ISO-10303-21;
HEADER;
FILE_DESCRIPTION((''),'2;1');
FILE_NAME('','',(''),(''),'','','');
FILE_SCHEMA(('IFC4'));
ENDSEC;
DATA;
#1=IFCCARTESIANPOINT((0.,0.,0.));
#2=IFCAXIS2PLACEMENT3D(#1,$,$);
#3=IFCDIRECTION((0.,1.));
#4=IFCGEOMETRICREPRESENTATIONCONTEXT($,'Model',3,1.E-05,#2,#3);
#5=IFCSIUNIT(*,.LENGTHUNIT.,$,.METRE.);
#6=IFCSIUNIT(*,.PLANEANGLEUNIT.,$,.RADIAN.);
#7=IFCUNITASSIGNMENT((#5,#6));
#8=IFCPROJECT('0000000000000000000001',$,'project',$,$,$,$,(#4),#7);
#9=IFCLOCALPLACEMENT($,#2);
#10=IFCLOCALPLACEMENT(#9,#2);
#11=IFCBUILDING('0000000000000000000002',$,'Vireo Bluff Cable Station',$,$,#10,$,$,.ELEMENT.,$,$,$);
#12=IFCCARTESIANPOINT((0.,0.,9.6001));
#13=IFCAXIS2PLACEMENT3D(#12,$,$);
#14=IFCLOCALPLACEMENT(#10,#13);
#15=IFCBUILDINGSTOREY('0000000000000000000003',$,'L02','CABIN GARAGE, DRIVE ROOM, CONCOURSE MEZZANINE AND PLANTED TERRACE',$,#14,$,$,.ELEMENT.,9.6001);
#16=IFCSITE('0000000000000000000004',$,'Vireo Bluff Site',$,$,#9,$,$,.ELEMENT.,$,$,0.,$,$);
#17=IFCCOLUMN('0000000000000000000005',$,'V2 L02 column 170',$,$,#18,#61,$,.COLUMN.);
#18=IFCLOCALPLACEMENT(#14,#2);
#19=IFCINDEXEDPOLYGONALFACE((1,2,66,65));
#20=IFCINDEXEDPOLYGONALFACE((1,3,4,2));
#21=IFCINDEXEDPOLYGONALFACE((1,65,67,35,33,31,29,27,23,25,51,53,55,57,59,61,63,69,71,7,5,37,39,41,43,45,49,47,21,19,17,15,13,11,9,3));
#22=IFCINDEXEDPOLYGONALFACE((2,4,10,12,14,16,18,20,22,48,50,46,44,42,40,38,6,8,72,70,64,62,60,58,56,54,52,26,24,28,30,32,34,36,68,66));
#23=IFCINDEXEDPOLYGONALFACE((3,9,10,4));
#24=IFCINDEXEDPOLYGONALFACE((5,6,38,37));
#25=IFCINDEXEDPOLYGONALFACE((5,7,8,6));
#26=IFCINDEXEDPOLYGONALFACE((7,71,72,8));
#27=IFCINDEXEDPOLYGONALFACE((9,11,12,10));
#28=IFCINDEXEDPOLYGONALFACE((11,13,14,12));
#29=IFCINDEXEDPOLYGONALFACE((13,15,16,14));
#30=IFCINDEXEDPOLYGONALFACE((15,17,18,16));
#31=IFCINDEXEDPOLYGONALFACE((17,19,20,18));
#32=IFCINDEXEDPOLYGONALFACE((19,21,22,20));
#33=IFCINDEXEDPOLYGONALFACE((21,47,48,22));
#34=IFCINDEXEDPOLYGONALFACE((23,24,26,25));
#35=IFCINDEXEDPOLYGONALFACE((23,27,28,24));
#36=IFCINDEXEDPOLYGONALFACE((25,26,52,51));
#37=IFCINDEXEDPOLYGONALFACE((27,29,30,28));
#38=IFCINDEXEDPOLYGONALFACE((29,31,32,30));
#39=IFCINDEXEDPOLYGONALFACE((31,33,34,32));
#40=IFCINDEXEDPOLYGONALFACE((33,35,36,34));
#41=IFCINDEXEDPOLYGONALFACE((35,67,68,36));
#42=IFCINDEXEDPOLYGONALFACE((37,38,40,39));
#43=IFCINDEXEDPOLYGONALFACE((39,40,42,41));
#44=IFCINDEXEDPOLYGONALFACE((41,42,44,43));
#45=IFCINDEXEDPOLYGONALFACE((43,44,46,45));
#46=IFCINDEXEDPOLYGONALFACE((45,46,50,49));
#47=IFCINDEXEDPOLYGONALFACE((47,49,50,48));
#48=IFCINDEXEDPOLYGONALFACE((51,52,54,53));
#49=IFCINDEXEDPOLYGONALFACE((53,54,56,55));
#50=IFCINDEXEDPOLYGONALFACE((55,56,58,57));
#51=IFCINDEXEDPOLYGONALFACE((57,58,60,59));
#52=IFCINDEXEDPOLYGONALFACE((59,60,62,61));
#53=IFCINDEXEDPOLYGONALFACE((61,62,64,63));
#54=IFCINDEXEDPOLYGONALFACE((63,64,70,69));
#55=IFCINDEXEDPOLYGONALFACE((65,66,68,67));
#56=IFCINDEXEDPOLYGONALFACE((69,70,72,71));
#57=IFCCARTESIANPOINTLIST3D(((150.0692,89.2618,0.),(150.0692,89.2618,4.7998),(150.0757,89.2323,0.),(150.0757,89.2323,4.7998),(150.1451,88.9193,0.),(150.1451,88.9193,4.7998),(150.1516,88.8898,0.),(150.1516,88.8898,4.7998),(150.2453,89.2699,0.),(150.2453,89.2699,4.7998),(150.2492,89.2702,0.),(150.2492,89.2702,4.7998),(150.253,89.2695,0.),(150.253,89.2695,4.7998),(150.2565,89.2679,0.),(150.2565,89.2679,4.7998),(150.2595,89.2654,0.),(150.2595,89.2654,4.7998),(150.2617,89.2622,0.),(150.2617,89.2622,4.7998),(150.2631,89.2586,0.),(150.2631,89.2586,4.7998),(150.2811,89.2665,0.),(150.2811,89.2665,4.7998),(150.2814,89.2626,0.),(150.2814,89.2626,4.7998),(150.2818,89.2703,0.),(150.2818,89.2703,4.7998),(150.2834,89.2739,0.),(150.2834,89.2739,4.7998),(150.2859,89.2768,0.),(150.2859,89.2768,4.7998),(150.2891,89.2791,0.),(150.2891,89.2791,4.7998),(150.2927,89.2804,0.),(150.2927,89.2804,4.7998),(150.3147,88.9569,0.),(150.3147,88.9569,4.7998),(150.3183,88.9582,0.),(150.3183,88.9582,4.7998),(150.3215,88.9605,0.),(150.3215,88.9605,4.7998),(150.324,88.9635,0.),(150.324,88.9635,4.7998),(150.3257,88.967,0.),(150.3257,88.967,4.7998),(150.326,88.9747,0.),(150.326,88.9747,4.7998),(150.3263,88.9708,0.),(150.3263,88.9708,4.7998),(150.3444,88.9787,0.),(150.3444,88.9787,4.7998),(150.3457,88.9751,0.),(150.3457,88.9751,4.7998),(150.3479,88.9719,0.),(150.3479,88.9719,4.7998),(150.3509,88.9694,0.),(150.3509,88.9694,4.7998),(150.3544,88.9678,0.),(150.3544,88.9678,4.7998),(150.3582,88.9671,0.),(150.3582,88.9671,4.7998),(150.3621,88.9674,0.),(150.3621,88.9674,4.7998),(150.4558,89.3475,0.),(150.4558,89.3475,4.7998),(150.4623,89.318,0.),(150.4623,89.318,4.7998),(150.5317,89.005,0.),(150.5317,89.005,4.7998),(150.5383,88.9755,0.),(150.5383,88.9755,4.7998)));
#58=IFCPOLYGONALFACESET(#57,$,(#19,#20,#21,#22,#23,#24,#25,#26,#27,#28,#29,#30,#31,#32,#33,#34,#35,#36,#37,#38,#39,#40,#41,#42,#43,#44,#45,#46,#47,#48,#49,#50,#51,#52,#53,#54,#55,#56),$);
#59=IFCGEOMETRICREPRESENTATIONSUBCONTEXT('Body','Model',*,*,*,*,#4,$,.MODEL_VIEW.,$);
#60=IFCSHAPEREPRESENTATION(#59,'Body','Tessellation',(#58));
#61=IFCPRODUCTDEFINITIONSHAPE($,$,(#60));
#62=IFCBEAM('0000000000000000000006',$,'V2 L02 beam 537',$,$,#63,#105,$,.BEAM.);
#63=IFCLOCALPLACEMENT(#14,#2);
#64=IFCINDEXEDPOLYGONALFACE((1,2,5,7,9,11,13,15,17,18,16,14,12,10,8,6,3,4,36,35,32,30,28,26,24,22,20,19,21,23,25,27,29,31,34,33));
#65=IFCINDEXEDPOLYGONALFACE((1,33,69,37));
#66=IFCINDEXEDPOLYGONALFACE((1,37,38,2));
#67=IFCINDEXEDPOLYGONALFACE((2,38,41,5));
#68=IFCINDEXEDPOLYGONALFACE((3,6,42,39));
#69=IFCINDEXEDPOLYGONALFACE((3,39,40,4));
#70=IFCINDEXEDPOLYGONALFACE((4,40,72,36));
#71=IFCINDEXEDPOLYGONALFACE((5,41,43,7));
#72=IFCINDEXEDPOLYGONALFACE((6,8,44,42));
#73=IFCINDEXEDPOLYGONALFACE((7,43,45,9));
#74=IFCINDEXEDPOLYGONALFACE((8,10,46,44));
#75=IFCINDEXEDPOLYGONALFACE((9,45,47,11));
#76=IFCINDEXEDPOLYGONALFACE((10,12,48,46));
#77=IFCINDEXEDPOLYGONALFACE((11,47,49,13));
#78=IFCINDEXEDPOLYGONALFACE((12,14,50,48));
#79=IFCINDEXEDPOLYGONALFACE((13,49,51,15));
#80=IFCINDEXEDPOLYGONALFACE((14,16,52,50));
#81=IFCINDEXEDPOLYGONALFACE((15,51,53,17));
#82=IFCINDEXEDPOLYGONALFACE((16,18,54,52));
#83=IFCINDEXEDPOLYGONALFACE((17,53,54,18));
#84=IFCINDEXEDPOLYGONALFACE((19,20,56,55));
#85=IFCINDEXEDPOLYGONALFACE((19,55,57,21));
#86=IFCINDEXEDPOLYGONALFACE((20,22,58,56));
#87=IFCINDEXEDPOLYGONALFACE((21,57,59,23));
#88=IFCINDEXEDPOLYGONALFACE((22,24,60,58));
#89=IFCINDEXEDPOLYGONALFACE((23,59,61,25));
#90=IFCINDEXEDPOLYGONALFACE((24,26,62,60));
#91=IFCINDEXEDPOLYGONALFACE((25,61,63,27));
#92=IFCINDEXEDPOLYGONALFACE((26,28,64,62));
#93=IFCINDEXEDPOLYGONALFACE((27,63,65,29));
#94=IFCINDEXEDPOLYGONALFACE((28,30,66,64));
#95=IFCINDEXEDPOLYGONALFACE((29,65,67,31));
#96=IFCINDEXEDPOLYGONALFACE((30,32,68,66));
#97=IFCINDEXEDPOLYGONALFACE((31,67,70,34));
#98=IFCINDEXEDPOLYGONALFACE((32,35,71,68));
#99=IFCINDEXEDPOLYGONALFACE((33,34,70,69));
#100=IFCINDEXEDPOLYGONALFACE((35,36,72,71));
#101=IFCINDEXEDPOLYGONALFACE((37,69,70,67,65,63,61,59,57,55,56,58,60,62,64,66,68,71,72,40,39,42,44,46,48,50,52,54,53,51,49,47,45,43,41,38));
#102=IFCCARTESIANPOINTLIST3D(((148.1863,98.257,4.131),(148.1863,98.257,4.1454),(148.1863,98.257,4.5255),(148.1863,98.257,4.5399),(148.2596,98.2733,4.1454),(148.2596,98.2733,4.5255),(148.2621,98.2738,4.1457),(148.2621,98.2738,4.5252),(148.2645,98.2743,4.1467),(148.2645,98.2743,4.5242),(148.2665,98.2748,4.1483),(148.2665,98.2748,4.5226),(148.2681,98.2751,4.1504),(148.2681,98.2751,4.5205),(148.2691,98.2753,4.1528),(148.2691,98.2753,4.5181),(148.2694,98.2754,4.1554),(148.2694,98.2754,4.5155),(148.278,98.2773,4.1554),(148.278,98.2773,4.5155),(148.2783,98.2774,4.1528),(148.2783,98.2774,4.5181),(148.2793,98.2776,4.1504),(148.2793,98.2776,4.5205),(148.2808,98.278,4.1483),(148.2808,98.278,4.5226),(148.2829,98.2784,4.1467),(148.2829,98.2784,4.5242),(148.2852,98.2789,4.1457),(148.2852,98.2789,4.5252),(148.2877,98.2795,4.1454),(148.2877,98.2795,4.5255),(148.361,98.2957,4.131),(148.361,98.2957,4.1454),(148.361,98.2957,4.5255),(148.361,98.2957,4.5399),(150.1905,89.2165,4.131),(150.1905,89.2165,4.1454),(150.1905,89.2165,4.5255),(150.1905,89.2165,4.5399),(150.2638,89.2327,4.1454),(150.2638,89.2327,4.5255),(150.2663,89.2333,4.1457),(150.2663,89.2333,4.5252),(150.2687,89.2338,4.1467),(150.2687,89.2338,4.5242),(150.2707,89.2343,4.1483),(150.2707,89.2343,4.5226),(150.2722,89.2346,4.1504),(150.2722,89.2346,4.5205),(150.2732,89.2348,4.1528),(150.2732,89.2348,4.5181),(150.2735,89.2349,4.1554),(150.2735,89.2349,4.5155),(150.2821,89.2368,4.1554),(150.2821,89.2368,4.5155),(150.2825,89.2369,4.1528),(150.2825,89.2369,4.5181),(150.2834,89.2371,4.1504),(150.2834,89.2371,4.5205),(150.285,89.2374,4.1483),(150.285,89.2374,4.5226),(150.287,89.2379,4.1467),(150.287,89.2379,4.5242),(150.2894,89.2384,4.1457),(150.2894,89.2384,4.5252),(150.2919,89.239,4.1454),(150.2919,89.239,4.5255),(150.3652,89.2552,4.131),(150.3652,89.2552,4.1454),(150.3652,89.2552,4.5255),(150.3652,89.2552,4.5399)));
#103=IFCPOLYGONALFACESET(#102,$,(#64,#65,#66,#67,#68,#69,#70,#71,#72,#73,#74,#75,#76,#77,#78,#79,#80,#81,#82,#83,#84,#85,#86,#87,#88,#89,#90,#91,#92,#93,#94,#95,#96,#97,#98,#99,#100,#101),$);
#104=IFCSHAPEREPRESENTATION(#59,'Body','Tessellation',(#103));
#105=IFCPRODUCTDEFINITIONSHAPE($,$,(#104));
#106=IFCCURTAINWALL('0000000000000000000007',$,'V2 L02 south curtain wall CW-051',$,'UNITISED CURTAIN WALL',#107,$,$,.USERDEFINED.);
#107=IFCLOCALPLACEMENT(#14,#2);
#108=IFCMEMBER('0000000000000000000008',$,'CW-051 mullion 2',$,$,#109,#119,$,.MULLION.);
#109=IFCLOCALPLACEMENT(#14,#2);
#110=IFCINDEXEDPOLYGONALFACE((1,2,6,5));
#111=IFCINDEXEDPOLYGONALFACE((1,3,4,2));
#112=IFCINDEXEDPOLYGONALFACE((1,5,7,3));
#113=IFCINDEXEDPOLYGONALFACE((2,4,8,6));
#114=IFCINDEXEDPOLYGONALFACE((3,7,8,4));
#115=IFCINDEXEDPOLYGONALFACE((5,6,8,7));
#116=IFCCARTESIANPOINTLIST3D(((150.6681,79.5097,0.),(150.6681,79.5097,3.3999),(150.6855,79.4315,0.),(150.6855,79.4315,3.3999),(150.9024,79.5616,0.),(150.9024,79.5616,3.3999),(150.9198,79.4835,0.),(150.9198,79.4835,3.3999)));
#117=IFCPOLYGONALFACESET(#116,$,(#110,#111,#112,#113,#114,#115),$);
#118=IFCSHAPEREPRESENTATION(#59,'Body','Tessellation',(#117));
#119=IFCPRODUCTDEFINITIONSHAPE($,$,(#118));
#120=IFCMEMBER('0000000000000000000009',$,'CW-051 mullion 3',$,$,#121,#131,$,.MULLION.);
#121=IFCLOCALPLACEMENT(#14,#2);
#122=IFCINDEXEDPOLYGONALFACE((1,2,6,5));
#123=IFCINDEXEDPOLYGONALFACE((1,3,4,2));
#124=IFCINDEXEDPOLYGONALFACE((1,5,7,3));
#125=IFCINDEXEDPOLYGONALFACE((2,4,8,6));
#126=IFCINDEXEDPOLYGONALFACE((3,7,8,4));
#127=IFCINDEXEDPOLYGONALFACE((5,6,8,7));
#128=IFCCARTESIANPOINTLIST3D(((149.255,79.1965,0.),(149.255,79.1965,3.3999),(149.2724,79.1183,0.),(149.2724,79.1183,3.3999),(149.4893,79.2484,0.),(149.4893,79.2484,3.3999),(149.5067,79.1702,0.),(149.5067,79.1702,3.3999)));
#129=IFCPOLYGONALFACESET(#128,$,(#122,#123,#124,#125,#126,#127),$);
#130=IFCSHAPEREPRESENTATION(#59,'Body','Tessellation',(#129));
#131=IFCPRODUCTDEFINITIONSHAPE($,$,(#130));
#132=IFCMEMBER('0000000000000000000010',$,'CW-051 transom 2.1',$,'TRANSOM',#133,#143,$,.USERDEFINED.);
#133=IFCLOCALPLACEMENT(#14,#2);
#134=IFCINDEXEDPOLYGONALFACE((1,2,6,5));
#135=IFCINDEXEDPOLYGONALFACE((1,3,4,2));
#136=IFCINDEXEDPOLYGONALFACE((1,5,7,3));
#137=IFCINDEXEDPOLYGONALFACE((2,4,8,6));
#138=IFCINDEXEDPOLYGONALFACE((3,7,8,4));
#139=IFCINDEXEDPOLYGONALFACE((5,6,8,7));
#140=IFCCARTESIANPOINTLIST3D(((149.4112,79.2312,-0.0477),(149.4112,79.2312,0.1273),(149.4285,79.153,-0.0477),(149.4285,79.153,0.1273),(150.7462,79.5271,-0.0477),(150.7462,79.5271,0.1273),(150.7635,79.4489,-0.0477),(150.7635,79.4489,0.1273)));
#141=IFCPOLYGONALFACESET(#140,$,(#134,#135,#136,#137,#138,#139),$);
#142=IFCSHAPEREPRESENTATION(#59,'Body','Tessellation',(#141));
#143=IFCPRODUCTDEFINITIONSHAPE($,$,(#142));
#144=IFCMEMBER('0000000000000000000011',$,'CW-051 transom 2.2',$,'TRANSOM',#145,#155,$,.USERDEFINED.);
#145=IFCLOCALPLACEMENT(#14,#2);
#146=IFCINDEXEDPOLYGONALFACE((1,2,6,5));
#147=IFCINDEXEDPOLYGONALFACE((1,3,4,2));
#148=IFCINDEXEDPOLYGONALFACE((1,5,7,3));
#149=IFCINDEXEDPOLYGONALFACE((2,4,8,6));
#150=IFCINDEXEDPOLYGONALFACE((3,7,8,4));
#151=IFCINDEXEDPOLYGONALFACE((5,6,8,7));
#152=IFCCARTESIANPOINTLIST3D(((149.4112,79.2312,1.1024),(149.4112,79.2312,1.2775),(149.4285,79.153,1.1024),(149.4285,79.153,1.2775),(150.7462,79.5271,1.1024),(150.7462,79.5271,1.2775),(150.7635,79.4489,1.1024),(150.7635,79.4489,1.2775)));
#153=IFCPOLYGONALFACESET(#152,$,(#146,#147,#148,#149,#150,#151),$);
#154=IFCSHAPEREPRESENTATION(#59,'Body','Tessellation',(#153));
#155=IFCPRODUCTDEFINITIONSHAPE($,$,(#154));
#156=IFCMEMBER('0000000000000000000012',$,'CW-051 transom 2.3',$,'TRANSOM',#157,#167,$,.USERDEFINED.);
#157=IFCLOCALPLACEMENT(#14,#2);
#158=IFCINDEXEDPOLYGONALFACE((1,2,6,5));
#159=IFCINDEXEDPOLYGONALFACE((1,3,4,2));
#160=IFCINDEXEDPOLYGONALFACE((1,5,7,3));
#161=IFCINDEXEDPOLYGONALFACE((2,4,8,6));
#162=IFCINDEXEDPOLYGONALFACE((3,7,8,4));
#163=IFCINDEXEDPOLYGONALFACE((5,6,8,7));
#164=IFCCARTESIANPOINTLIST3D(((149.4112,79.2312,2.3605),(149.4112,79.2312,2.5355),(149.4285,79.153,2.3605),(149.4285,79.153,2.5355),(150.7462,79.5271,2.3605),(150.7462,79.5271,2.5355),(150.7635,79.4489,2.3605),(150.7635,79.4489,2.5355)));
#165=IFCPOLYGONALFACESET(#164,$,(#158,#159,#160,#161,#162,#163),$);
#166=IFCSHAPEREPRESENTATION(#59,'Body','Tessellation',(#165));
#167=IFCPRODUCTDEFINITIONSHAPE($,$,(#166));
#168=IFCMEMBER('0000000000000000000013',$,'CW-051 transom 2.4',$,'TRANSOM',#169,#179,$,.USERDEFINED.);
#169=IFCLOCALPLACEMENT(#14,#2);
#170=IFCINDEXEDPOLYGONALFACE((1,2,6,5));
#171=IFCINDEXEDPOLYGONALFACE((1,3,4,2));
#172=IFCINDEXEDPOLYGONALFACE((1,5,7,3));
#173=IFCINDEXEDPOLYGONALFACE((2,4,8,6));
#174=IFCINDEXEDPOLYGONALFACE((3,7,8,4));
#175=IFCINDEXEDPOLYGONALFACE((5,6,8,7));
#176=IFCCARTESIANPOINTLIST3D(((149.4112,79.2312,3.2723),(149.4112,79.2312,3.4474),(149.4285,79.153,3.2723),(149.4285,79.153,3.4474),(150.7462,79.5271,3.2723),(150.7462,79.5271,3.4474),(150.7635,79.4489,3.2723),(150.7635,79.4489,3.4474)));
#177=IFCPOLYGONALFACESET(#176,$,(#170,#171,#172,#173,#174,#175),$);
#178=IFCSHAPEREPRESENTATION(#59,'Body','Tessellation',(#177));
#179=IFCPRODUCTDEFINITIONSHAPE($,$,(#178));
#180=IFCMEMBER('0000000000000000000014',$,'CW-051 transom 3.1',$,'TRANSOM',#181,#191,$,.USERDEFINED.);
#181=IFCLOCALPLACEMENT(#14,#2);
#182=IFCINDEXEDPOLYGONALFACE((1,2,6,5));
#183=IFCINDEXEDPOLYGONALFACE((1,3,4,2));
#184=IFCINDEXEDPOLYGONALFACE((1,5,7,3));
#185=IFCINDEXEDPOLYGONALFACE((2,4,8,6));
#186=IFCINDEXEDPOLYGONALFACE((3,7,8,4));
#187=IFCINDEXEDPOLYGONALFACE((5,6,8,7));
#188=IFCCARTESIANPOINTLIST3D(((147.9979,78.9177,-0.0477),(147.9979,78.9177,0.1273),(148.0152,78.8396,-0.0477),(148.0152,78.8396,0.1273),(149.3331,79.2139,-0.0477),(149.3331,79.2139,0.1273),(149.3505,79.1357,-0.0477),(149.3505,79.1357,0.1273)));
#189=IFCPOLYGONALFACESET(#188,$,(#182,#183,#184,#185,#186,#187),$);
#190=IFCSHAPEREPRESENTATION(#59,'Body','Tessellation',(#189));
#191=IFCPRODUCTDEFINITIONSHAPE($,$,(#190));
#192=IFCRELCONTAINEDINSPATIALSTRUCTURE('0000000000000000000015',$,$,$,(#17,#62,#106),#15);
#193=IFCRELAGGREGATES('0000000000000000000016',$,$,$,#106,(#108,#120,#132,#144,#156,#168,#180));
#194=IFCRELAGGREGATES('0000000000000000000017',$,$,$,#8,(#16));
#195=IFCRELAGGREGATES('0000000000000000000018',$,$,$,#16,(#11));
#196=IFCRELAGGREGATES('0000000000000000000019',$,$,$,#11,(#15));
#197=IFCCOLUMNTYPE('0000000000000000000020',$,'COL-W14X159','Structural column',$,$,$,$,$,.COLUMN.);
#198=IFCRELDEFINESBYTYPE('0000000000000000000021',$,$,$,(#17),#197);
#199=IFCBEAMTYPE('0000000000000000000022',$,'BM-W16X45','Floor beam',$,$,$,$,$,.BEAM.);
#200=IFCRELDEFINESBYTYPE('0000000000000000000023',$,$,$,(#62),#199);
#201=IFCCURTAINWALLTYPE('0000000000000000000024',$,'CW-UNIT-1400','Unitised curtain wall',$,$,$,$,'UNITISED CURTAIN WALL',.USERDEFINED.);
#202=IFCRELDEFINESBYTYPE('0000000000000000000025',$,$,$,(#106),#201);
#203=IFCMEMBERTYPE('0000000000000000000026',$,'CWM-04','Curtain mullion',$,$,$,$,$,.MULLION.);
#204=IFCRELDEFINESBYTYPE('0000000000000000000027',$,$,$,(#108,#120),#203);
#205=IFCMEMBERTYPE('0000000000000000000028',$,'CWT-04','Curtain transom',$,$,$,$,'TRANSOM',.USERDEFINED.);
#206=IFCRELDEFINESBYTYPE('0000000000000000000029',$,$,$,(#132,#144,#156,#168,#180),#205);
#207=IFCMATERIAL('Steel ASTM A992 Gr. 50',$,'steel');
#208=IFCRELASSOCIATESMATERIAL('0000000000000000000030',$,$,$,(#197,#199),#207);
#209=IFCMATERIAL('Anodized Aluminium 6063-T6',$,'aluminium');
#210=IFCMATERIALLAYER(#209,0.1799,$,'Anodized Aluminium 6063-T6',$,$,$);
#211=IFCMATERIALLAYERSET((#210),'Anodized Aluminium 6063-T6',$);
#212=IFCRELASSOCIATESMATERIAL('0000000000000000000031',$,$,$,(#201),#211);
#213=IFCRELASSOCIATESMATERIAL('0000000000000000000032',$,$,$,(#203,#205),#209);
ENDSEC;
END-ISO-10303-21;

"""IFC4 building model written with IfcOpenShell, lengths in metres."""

from ifc_helpers import new_model, si_unit, direction, frame, origin, origin_2d, place, context, subcontext, project, spatial, rectangle, i_section, extrude, material, layer, layer_set, material_profile, profile_set, type_object, element, aggregate, save


model = new_model("IFC4")

# Units and contexts
model_context = context("Model", 3, precision=1e-05, world=origin(), true_north=direction((0.0, 1.0)))
body_context = subcontext(model_context, "Body", "Model", "MODEL_VIEW")
ifc_project = project(units=[si_unit("LENGTHUNIT", "METRE"), si_unit("PLANEANGLEUNIT", "RADIAN")], contexts=[model_context])

# Site, building, storey
site_placement = place(None, origin())
site = spatial("IfcSite", under=ifc_project, at=site_placement, Name="Vireo Bluff Site", CompositionType="ELEMENT", RefElevation=0.0)
building_placement = place(site_placement, origin())
building = spatial("IfcBuilding", under=site, at=building_placement, Name="Vireo Bluff Cable Station", CompositionType="ELEMENT")
storey_placement = place(building_placement, frame((0.0, 0.0, 9.6001)))
storey = spatial("IfcBuildingStorey", under=building, at=storey_placement, Name="L02", Description="CABIN GARAGE, DRIVE ROOM, CONCOURSE MEZZANINE AND PLANTED TERRACE", CompositionType="ELEMENT", Elevation=9.6001)

# Column
ifc_material_1 = material(Name="Steel ASTM A992 Gr. 50", Category="steel")
ifc_material_profile_1 = material_profile(ifc_material_1, i_section(OverallWidth=0.396, OverallDepth=0.3811, WebThickness=0.0188, FlangeThickness=0.0303, FilletRadius=0.0149, at=origin_2d()), Name="W14X159")
ifc_profile_set_1 = profile_set([ifc_material_profile_1], Name="Steel ASTM A992 Gr. 50")
column_type = type_object("IfcColumnType", Name="COL-W14X159", Description="Structural column", PredefinedType="COLUMN", material=ifc_profile_set_1)
column_placement = place(storey_placement, frame((150.3037, 89.1187, 0.0), z_axis=(0.0, 0.0, 1.0), x_axis=(0.976296, 0.21644, 0.0)))
element("IfcColumn", 1, at=column_placement, inside=storey, type_object=column_type, Name="V2 L02 column 170", PredefinedType="COLUMN", context=body_context, shape_type="SweptSolid", body=[
    extrude(i_section(OverallWidth=0.396, OverallDepth=0.3811, WebThickness=0.0188, FlangeThickness=0.0303, FilletRadius=0.0149, at=origin_2d()), origin(), (0.0, 0.0, 1.0), 4.7998),
])

# Beam
ifc_material_profile_2 = material_profile(ifc_material_1, i_section(OverallWidth=0.179, OverallDepth=0.4089, WebThickness=0.0088, FlangeThickness=0.0144, FilletRadius=0.01, at=origin_2d()), Name="W16X45")
ifc_profile_set_2 = profile_set([ifc_material_profile_2], Name="Steel ASTM A992 Gr. 50")
beam_type_1 = type_object("IfcBeamType", Name="BM-W16X45", Description="Floor beam", PredefinedType="BEAM", material=ifc_profile_set_2)
beam_1_placement = place(storey_placement, frame((150.2778, 89.2358, 4.3354), z_axis=(-0.216431, 0.976298, 0.0), x_axis=(-0.976298, -0.216431, 0.0)))
element("IfcBeam", 2, at=beam_1_placement, inside=storey, type_object=beam_type_1, Name="V2 L02 beam 537", PredefinedType="BEAM", context=body_context, shape_type="SweptSolid", body=[
    extrude(i_section(OverallWidth=0.179, OverallDepth=0.4089, WebThickness=0.0088, FlangeThickness=0.0144, FilletRadius=0.01, at=origin_2d()), origin(), (0.0, 0.0, 1.0), 9.26),
])

# Curtain wall, members
ifc_material_2 = material(Name="Anodized Aluminium 6063-T6", Category="aluminium")
ifc_layer_1 = layer(ifc_material_2, 0.1799, Name="Anodized Aluminium 6063-T6")
ifc_layer_set_1 = layer_set([ifc_layer_1], Name="Anodized Aluminium 6063-T6")
curtain_wall_type = type_object("IfcCurtainWallType", Name="CW-UNIT-1400", Description="Unitised curtain wall", ElementType="UNITISED CURTAIN WALL", PredefinedType="USERDEFINED", material=ifc_layer_set_1)
curtain_wall_placement = place(storey_placement, origin())
curtain_wall = element("IfcCurtainWall", 3, at=curtain_wall_placement, inside=storey, type_object=curtain_wall_type, Name="V2 L02 south curtain wall CW-051", ObjectType="UNITISED CURTAIN WALL", PredefinedType="USERDEFINED")
ifc_material_profile_3 = material_profile(ifc_material_2, rectangle(XDim=0.0801, YDim=0.24, at=origin_2d()), Name="ALU-M-80X240")
ifc_profile_set_3 = profile_set([ifc_material_profile_3], Name="Anodized Aluminium 6063-T6")
member_type_1 = type_object("IfcMemberType", Name="CWM-04", Description="Curtain mullion", PredefinedType="MULLION", material=ifc_profile_set_3)
member_1_placement = place(storey_placement, frame((150.7939, 79.4966, 0.0), z_axis=(0.0, 0.0, 1.0), x_axis=(0.21644, -0.976296, 0.0)))
member_1 = element("IfcMember", 4, at=member_1_placement, type_object=member_type_1, Name="CW-051 mullion 2", PredefinedType="MULLION", context=body_context, shape_type="SweptSolid", body=[
    extrude(rectangle(XDim=0.0801, YDim=0.24, at=origin_2d()), origin(), (0.0, 0.0, 1.0), 3.3999),
])
member_2_placement = place(storey_placement, frame((149.3809, 79.1833, 0.0), z_axis=(0.0, 0.0, 1.0), x_axis=(0.21644, -0.976296, 0.0)))
member_2 = element("IfcMember", 5, at=member_2_placement, type_object=member_type_1, Name="CW-051 mullion 3", PredefinedType="MULLION", context=body_context, shape_type="SweptSolid", body=[
    extrude(rectangle(XDim=0.0801, YDim=0.24, at=origin_2d()), origin(), (0.0, 0.0, 1.0), 3.3999),
])
ifc_material_profile_4 = material_profile(ifc_material_2, rectangle(XDim=0.0801, YDim=0.175, at=origin_2d()), Name="ALU-T-80X175")
ifc_profile_set_4 = profile_set([ifc_material_profile_4], Name="Anodized Aluminium 6063-T6")
member_type_2 = type_object("IfcMemberType", Name="CWT-04", Description="Curtain transom", ElementType="TRANSOM", PredefinedType="USERDEFINED", material=ifc_profile_set_4)
member_3_placement = place(storey_placement, frame((150.7549, 79.488, 0.0398), z_axis=(-0.976305, -0.216401, 0.0), x_axis=(0.216401, -0.976305, 0.0)))
member_3 = element("IfcMember", 6, at=member_3_placement, type_object=member_type_2, Name="CW-051 transom 2.1", ObjectType="TRANSOM", PredefinedType="USERDEFINED", context=body_context, shape_type="SweptSolid", body=[
    extrude(rectangle(XDim=0.0801, YDim=0.175, at=origin_2d()), origin(), (0.0, 0.0, 1.0), 1.3674),
])
member_4_placement = place(storey_placement, frame((150.7549, 79.488, 1.1899), z_axis=(-0.976305, -0.216401, 0.0), x_axis=(0.216401, -0.976305, 0.0)))
member_4 = element("IfcMember", 7, at=member_4_placement, type_object=member_type_2, Name="CW-051 transom 2.2", ObjectType="TRANSOM", PredefinedType="USERDEFINED", context=body_context, shape_type="SweptSolid", body=[
    extrude(rectangle(XDim=0.0801, YDim=0.175, at=origin_2d()), origin(), (0.0, 0.0, 1.0), 1.3674),
])
member_5_placement = place(storey_placement, frame((150.7549, 79.488, 2.448), z_axis=(-0.976305, -0.216401, 0.0), x_axis=(0.216401, -0.976305, 0.0)))
member_5 = element("IfcMember", 8, at=member_5_placement, type_object=member_type_2, Name="CW-051 transom 2.3", ObjectType="TRANSOM", PredefinedType="USERDEFINED", context=body_context, shape_type="SweptSolid", body=[
    extrude(rectangle(XDim=0.0801, YDim=0.175, at=origin_2d()), origin(), (0.0, 0.0, 1.0), 1.3674),
])
member_6_placement = place(storey_placement, frame((150.7549, 79.488, 3.3599), z_axis=(-0.976305, -0.216401, 0.0), x_axis=(0.216401, -0.976305, 0.0)))
member_6 = element("IfcMember", 9, at=member_6_placement, type_object=member_type_2, Name="CW-051 transom 2.4", ObjectType="TRANSOM", PredefinedType="USERDEFINED", context=body_context, shape_type="SweptSolid", body=[
    extrude(rectangle(XDim=0.0801, YDim=0.175, at=origin_2d()), origin(), (0.0, 0.0, 1.0), 1.3674),
])
member_7_placement = place(storey_placement, frame((149.3418, 79.1748, 0.0398), z_axis=(-0.976275, -0.216534, 0.0), x_axis=(0.216534, -0.976275, 0.0)))
member_7 = element("IfcMember", 10, at=member_7_placement, type_object=member_type_2, Name="CW-051 transom 3.1", ObjectType="TRANSOM", PredefinedType="USERDEFINED", context=body_context, shape_type="SweptSolid", body=[
    extrude(rectangle(XDim=0.0801, YDim=0.175, at=origin_2d()), origin(), (0.0, 0.0, 1.0), 1.3677),
])

aggregate(curtain_wall, [member_1, member_2, member_3, member_4, member_5, member_6, member_7])

save(model, "model.ifc")
